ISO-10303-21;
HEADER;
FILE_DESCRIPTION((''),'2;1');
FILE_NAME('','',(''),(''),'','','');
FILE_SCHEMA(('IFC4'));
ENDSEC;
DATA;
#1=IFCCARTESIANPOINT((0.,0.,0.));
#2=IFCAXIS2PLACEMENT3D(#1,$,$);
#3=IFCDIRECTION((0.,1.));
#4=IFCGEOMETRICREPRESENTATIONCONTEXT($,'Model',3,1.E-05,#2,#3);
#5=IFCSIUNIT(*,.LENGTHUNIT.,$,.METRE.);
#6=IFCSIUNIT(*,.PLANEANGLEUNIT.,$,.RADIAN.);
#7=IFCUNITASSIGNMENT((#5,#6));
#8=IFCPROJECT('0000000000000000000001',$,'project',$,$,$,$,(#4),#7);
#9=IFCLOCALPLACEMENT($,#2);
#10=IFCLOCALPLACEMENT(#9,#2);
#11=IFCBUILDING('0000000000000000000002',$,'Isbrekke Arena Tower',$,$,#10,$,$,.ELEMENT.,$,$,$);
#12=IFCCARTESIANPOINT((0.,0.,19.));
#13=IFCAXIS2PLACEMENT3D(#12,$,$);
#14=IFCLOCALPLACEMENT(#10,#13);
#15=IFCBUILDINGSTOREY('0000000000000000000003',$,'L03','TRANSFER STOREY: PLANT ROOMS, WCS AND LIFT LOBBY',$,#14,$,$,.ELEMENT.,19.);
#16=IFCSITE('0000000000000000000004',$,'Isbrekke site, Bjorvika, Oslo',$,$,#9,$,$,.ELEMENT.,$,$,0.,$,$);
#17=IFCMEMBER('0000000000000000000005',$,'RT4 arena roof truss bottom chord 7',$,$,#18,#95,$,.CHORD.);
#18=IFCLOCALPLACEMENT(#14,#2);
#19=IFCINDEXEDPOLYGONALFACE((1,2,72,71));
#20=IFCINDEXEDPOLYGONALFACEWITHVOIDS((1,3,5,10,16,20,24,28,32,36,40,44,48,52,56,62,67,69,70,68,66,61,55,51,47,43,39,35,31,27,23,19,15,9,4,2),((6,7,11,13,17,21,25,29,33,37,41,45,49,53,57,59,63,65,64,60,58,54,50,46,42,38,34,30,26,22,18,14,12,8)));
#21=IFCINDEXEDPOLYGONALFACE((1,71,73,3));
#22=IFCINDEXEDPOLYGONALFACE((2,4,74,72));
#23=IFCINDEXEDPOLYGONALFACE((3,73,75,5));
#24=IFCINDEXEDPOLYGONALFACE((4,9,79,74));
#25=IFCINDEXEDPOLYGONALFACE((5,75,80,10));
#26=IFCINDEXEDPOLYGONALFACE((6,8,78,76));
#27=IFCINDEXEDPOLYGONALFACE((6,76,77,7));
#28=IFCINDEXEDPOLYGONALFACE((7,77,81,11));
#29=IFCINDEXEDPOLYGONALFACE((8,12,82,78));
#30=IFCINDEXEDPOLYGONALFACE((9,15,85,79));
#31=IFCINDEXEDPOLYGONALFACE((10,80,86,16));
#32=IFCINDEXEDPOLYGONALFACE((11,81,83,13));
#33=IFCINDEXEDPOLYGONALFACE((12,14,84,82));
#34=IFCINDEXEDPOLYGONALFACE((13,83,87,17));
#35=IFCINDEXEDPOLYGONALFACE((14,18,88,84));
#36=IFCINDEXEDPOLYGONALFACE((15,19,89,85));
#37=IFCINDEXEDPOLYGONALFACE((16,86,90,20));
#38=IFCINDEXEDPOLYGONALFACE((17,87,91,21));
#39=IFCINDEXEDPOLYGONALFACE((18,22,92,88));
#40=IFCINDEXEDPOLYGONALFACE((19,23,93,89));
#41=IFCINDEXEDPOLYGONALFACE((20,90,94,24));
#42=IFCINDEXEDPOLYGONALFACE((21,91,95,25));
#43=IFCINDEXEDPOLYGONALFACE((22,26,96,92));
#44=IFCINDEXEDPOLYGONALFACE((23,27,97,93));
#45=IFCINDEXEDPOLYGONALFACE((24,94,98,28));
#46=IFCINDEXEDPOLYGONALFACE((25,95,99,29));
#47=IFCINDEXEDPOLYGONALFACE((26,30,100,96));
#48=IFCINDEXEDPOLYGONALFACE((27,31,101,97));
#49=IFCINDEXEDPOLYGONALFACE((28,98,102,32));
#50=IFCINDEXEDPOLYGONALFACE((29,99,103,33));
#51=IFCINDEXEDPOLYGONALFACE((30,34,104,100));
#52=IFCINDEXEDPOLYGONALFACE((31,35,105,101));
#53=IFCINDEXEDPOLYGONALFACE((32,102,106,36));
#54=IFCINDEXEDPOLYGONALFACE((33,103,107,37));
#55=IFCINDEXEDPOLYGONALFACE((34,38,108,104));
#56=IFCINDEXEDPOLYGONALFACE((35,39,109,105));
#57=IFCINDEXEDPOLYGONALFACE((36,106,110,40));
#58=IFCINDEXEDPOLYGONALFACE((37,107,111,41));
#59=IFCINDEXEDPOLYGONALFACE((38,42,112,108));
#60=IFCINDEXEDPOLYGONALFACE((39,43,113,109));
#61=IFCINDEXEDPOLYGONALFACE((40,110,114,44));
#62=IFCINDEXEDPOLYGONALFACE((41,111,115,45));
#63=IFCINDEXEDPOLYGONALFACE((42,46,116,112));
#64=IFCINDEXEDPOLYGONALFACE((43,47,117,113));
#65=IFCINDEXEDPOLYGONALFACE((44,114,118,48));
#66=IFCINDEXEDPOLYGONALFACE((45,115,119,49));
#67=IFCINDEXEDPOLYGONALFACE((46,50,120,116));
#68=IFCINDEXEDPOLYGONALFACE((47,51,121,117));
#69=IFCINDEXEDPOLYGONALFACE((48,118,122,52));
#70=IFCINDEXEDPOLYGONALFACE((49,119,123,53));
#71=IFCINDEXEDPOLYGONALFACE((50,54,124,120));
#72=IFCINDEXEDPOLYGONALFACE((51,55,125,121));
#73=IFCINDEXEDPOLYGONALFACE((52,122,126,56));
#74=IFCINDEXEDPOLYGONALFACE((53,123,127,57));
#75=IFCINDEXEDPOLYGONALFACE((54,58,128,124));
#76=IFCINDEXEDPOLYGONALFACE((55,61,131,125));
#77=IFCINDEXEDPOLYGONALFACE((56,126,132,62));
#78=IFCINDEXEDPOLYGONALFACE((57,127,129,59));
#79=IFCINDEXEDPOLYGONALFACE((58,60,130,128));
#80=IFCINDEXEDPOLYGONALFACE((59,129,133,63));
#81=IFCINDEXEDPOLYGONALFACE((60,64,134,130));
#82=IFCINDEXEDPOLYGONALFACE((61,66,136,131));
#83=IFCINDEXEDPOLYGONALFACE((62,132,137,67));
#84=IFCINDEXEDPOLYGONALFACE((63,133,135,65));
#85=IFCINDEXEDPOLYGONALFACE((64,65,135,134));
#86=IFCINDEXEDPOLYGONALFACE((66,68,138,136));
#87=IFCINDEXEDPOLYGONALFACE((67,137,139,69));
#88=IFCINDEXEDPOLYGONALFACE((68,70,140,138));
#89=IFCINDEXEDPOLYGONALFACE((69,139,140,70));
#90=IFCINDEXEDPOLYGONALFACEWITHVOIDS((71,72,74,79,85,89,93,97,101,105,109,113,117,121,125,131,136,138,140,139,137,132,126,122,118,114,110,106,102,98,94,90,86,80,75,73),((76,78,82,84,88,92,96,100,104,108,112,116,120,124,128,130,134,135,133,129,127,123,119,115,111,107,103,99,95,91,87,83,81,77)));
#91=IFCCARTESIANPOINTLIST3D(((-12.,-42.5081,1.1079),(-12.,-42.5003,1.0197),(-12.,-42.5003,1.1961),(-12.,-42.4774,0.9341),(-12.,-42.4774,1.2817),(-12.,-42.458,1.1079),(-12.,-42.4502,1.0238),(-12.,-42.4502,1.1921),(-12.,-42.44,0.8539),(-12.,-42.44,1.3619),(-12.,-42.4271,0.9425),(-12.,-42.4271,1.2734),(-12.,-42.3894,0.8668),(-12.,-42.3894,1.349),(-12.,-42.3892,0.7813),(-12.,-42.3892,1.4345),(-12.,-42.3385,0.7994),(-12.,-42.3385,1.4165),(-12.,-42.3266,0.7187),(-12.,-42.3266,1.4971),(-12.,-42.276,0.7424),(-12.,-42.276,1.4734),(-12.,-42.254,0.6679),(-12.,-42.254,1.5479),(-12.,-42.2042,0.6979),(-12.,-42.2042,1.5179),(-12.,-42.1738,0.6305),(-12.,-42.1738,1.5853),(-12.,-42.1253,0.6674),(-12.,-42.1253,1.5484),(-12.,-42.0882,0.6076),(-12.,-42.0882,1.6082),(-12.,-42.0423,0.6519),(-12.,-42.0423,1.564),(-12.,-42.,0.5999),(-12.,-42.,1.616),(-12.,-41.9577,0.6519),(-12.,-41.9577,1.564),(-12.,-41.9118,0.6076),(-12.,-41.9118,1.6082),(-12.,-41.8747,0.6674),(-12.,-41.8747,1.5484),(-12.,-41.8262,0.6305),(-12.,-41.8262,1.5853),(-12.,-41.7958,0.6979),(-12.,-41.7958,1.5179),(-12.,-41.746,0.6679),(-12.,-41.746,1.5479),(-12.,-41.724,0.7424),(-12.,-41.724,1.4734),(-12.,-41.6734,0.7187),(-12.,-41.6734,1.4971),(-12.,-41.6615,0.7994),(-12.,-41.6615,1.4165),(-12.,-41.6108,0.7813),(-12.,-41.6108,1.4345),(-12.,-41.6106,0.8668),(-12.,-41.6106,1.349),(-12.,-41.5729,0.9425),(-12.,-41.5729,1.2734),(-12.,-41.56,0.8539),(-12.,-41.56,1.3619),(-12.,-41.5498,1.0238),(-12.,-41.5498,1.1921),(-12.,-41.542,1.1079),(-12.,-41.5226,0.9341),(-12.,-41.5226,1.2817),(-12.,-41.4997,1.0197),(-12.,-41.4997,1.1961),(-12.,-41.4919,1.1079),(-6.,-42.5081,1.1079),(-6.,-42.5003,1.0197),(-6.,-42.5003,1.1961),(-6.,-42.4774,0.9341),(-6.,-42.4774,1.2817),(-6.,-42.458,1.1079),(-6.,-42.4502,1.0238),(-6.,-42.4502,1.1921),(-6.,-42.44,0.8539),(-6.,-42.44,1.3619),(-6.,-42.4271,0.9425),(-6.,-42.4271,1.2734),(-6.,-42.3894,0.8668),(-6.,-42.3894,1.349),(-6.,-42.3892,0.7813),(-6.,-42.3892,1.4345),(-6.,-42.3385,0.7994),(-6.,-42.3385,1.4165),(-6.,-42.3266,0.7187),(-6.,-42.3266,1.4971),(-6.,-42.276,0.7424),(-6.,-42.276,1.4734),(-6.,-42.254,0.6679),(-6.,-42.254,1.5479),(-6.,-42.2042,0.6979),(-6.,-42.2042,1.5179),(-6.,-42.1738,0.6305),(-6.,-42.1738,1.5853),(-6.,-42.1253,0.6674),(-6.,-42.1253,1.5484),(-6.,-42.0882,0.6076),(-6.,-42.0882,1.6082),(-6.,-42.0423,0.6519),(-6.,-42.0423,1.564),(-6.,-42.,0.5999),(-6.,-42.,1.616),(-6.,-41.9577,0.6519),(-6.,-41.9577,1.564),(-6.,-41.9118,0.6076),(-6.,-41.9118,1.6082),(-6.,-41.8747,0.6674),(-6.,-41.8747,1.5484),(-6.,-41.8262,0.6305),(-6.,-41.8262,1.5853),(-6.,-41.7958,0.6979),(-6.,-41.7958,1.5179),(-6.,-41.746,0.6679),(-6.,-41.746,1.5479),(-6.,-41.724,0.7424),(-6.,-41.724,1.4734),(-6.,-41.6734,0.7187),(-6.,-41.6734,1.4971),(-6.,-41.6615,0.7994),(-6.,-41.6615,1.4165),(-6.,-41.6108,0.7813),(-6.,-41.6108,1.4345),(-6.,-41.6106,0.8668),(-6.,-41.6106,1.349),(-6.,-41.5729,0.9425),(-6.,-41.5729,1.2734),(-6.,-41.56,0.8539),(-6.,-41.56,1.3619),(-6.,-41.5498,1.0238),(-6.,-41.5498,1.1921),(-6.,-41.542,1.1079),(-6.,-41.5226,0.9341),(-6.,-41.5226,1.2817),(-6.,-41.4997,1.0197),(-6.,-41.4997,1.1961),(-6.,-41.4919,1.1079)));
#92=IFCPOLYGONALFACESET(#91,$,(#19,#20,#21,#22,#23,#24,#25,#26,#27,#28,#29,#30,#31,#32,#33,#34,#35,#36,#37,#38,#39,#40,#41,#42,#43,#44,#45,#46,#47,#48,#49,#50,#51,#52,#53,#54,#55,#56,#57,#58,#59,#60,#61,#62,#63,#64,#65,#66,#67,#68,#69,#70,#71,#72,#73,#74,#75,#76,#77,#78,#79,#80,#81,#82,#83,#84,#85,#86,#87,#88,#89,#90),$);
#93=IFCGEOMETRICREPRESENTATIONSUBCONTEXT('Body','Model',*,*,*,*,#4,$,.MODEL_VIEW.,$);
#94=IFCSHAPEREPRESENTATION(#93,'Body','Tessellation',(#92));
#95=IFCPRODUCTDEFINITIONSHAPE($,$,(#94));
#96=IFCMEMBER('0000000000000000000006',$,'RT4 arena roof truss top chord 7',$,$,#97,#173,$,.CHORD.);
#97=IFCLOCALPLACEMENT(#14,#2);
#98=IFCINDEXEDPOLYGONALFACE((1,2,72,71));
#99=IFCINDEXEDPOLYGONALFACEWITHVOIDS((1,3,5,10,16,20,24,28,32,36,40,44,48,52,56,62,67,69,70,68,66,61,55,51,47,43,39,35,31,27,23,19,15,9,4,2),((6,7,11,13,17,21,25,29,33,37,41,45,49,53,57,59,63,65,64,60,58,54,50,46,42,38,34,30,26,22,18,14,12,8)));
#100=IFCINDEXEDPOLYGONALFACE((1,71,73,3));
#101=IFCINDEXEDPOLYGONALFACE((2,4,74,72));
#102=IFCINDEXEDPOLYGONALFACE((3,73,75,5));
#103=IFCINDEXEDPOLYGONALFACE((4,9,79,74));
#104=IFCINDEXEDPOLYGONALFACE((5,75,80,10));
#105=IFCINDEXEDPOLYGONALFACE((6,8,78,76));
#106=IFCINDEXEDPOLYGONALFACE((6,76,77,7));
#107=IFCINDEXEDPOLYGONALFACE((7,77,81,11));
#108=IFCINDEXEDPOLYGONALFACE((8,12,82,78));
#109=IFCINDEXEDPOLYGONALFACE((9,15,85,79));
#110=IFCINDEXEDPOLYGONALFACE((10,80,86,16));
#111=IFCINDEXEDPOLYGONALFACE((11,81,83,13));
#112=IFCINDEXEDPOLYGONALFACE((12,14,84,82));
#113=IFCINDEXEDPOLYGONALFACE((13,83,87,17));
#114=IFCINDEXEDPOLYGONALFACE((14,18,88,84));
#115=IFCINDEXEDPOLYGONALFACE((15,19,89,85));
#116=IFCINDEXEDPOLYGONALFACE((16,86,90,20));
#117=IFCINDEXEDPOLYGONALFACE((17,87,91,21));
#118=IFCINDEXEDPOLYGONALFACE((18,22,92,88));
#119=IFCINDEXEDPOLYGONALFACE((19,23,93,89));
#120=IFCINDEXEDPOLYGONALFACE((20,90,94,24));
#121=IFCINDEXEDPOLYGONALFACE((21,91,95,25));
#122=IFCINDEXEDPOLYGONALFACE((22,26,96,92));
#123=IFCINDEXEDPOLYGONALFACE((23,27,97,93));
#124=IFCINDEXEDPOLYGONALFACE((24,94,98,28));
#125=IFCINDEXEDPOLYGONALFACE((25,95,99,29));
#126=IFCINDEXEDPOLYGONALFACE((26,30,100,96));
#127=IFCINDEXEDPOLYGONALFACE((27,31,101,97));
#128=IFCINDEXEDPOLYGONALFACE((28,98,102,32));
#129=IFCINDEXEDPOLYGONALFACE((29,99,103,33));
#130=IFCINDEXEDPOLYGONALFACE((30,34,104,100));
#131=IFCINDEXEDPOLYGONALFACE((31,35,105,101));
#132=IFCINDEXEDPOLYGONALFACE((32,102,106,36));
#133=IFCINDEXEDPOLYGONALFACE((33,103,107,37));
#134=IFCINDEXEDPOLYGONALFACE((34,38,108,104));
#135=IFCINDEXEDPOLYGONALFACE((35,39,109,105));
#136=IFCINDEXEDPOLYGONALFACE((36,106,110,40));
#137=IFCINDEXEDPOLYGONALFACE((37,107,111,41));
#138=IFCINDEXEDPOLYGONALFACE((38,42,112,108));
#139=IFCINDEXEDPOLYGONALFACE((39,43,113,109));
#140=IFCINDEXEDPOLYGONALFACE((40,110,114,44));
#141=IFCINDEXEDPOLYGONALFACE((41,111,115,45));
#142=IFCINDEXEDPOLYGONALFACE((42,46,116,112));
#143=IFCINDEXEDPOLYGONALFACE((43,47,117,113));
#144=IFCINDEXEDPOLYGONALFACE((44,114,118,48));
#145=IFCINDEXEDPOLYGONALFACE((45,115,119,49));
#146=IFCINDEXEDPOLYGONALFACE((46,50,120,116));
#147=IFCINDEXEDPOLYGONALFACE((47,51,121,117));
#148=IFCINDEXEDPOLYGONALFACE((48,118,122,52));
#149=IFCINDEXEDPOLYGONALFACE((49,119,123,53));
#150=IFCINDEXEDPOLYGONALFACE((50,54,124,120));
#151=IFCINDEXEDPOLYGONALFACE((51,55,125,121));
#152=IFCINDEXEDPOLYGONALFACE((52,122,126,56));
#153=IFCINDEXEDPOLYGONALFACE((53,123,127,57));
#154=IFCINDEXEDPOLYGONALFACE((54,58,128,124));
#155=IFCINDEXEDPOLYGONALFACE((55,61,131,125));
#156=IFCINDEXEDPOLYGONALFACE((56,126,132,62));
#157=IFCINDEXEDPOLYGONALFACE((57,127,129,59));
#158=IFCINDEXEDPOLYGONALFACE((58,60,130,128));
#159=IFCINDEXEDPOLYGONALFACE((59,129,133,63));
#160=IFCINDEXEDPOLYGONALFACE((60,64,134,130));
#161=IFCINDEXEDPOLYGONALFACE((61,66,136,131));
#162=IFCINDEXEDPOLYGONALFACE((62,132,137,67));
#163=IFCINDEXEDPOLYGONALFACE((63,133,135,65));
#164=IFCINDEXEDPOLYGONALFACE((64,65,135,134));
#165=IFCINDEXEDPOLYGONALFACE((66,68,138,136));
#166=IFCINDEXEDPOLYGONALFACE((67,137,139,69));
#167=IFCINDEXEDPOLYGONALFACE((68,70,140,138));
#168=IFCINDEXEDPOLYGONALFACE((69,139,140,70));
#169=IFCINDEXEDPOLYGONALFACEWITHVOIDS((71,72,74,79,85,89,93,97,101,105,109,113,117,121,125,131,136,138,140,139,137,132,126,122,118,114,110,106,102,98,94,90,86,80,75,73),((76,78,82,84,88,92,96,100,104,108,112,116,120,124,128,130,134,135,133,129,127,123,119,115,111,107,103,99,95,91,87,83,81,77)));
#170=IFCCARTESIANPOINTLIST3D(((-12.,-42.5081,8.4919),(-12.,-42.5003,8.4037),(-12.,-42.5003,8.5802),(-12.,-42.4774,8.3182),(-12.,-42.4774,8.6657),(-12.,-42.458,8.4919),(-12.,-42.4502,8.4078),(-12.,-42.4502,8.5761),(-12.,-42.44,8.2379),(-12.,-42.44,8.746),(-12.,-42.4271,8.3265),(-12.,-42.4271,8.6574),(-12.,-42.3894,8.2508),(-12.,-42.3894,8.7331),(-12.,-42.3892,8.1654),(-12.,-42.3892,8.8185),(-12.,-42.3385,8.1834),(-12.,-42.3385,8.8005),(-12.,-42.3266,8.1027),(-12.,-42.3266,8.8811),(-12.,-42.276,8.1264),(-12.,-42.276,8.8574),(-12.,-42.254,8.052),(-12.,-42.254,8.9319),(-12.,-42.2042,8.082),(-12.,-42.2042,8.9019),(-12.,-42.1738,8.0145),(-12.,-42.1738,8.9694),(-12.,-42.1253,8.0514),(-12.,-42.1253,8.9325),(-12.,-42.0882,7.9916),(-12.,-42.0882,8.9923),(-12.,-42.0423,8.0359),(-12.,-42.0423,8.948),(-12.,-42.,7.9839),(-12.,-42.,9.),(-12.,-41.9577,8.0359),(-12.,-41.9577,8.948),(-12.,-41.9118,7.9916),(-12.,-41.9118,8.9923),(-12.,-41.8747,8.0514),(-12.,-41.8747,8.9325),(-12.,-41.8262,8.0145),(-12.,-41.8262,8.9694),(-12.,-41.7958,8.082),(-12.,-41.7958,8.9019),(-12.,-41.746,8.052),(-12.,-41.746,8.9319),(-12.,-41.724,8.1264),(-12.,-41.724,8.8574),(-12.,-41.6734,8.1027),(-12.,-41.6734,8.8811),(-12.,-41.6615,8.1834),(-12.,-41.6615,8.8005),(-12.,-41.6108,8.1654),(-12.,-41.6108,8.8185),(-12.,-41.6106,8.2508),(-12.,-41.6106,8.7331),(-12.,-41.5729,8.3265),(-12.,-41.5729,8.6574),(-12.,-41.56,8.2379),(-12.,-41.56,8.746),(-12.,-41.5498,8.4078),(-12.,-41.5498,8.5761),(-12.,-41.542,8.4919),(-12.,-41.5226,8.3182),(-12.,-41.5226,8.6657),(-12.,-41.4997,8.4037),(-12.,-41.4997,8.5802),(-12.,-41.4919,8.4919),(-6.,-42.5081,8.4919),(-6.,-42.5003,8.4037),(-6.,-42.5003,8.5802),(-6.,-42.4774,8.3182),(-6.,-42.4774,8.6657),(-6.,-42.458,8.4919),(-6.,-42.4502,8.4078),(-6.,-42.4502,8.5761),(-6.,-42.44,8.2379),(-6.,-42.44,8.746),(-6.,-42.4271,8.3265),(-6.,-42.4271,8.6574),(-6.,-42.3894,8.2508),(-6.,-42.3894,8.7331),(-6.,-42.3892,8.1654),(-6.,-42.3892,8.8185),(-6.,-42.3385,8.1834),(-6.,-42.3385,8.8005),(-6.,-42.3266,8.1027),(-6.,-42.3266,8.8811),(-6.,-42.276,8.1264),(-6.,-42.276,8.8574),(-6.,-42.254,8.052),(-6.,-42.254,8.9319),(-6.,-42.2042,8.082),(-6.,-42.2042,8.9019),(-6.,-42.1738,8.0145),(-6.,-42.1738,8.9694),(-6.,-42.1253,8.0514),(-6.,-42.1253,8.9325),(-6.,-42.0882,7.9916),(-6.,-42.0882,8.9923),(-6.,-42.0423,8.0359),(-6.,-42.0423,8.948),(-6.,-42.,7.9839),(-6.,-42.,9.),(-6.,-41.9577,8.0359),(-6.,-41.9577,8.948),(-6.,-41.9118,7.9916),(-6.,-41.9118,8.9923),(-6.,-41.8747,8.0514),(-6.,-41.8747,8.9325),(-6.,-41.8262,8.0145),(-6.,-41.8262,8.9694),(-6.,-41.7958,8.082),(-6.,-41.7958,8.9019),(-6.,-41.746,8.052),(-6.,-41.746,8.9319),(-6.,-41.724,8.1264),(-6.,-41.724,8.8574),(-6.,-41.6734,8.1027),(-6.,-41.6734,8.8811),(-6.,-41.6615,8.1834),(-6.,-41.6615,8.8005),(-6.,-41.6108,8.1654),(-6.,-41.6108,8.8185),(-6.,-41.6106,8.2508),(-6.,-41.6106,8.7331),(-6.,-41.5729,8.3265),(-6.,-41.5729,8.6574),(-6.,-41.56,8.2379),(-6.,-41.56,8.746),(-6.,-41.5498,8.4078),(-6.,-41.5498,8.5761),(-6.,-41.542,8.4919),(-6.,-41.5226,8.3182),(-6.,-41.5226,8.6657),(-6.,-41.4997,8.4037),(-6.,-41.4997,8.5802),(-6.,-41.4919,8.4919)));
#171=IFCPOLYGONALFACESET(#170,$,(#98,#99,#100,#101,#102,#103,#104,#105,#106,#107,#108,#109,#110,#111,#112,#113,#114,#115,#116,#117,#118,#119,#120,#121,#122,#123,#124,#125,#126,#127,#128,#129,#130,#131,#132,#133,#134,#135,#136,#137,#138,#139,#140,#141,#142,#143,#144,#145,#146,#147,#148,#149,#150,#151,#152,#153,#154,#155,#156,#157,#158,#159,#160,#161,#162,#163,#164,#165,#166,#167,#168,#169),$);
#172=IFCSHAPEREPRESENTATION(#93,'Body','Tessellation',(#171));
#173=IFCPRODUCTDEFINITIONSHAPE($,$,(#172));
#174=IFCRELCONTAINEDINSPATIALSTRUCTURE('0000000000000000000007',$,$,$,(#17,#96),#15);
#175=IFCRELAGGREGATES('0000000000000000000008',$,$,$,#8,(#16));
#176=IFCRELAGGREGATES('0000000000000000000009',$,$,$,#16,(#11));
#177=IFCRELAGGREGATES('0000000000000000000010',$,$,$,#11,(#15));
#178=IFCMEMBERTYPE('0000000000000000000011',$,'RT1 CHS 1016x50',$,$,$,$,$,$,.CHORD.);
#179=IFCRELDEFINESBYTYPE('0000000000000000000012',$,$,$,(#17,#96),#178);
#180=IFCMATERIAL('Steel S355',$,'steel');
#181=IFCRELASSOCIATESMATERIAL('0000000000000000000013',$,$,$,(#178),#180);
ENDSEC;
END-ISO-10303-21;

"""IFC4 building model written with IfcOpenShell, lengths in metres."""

from ifc_helpers import new_model, si_unit, direction, frame, origin, origin_2d, place, context, subcontext, project, spatial, hollow_circle, extrude, material, material_profile, profile_set, type_object, element, save


model = new_model("IFC4")

# Units and contexts
model_context = context("Model", 3, precision=1e-05, world=origin(), true_north=direction((0.0, 1.0)))
body_context = subcontext(model_context, "Body", "Model", "MODEL_VIEW")
ifc_project = project(units=[si_unit("LENGTHUNIT", "METRE"), si_unit("PLANEANGLEUNIT", "RADIAN")], contexts=[model_context])

# Site, building, storey
site_placement = place(None, origin())
site = spatial("IfcSite", under=ifc_project, at=site_placement, Name="Isbrekke site, Bjorvika, Oslo", CompositionType="ELEMENT", RefElevation=0.0)
building_placement = place(site_placement, origin())
building = spatial("IfcBuilding", under=site, at=building_placement, Name="Isbrekke Arena Tower", CompositionType="ELEMENT")
storey_placement = place(building_placement, frame((0.0, 0.0, 19.0)))
storey = spatial("IfcBuildingStorey", under=building, at=storey_placement, Name="L03", Description="TRANSFER STOREY: PLANT ROOMS, WCS AND LIFT LOBBY", CompositionType="ELEMENT", Elevation=19.0)

# Members
ifc_material_1 = material(Name="Steel S355", Category="steel")
ifc_material_profile_1 = material_profile(ifc_material_1, hollow_circle(Radius=0.5081, WallThickness=0.05, at=origin_2d()), Name="CHS 1016x50")
ifc_profile_set_1 = profile_set([ifc_material_profile_1], Name="Steel S355")
member_type_1 = type_object("IfcMemberType", Name="RT1 CHS 1016x50", PredefinedType="CHORD", material=ifc_profile_set_1)
for number, where, z_axis, x_axis, name in (
    (1, (-12.0, -42.0, 1.1079), (1.0, 0.0, 0.0), (0.0, 1.0, 0.0), "RT4 arena roof truss bottom chord 7"),
    (2, (-12.0, -42.0, 8.4919), (1.0, 0.0, 0.0), (0.0, 1.0, 0.0), "RT4 arena roof truss top chord 7"),
):
    element("IfcMember", number, at=place(storey_placement, frame(where, z_axis=z_axis, x_axis=x_axis)), inside=storey, type_object=member_type_1, Name=name, PredefinedType="CHORD", context=body_context, shape_type="SweptSolid", body=[
        extrude(hollow_circle(Radius=0.5081, WallThickness=0.05, at=origin_2d()), origin(), (0.0, 0.0, 1.0), 6.0),
    ])

save(model, "model.ifc")
